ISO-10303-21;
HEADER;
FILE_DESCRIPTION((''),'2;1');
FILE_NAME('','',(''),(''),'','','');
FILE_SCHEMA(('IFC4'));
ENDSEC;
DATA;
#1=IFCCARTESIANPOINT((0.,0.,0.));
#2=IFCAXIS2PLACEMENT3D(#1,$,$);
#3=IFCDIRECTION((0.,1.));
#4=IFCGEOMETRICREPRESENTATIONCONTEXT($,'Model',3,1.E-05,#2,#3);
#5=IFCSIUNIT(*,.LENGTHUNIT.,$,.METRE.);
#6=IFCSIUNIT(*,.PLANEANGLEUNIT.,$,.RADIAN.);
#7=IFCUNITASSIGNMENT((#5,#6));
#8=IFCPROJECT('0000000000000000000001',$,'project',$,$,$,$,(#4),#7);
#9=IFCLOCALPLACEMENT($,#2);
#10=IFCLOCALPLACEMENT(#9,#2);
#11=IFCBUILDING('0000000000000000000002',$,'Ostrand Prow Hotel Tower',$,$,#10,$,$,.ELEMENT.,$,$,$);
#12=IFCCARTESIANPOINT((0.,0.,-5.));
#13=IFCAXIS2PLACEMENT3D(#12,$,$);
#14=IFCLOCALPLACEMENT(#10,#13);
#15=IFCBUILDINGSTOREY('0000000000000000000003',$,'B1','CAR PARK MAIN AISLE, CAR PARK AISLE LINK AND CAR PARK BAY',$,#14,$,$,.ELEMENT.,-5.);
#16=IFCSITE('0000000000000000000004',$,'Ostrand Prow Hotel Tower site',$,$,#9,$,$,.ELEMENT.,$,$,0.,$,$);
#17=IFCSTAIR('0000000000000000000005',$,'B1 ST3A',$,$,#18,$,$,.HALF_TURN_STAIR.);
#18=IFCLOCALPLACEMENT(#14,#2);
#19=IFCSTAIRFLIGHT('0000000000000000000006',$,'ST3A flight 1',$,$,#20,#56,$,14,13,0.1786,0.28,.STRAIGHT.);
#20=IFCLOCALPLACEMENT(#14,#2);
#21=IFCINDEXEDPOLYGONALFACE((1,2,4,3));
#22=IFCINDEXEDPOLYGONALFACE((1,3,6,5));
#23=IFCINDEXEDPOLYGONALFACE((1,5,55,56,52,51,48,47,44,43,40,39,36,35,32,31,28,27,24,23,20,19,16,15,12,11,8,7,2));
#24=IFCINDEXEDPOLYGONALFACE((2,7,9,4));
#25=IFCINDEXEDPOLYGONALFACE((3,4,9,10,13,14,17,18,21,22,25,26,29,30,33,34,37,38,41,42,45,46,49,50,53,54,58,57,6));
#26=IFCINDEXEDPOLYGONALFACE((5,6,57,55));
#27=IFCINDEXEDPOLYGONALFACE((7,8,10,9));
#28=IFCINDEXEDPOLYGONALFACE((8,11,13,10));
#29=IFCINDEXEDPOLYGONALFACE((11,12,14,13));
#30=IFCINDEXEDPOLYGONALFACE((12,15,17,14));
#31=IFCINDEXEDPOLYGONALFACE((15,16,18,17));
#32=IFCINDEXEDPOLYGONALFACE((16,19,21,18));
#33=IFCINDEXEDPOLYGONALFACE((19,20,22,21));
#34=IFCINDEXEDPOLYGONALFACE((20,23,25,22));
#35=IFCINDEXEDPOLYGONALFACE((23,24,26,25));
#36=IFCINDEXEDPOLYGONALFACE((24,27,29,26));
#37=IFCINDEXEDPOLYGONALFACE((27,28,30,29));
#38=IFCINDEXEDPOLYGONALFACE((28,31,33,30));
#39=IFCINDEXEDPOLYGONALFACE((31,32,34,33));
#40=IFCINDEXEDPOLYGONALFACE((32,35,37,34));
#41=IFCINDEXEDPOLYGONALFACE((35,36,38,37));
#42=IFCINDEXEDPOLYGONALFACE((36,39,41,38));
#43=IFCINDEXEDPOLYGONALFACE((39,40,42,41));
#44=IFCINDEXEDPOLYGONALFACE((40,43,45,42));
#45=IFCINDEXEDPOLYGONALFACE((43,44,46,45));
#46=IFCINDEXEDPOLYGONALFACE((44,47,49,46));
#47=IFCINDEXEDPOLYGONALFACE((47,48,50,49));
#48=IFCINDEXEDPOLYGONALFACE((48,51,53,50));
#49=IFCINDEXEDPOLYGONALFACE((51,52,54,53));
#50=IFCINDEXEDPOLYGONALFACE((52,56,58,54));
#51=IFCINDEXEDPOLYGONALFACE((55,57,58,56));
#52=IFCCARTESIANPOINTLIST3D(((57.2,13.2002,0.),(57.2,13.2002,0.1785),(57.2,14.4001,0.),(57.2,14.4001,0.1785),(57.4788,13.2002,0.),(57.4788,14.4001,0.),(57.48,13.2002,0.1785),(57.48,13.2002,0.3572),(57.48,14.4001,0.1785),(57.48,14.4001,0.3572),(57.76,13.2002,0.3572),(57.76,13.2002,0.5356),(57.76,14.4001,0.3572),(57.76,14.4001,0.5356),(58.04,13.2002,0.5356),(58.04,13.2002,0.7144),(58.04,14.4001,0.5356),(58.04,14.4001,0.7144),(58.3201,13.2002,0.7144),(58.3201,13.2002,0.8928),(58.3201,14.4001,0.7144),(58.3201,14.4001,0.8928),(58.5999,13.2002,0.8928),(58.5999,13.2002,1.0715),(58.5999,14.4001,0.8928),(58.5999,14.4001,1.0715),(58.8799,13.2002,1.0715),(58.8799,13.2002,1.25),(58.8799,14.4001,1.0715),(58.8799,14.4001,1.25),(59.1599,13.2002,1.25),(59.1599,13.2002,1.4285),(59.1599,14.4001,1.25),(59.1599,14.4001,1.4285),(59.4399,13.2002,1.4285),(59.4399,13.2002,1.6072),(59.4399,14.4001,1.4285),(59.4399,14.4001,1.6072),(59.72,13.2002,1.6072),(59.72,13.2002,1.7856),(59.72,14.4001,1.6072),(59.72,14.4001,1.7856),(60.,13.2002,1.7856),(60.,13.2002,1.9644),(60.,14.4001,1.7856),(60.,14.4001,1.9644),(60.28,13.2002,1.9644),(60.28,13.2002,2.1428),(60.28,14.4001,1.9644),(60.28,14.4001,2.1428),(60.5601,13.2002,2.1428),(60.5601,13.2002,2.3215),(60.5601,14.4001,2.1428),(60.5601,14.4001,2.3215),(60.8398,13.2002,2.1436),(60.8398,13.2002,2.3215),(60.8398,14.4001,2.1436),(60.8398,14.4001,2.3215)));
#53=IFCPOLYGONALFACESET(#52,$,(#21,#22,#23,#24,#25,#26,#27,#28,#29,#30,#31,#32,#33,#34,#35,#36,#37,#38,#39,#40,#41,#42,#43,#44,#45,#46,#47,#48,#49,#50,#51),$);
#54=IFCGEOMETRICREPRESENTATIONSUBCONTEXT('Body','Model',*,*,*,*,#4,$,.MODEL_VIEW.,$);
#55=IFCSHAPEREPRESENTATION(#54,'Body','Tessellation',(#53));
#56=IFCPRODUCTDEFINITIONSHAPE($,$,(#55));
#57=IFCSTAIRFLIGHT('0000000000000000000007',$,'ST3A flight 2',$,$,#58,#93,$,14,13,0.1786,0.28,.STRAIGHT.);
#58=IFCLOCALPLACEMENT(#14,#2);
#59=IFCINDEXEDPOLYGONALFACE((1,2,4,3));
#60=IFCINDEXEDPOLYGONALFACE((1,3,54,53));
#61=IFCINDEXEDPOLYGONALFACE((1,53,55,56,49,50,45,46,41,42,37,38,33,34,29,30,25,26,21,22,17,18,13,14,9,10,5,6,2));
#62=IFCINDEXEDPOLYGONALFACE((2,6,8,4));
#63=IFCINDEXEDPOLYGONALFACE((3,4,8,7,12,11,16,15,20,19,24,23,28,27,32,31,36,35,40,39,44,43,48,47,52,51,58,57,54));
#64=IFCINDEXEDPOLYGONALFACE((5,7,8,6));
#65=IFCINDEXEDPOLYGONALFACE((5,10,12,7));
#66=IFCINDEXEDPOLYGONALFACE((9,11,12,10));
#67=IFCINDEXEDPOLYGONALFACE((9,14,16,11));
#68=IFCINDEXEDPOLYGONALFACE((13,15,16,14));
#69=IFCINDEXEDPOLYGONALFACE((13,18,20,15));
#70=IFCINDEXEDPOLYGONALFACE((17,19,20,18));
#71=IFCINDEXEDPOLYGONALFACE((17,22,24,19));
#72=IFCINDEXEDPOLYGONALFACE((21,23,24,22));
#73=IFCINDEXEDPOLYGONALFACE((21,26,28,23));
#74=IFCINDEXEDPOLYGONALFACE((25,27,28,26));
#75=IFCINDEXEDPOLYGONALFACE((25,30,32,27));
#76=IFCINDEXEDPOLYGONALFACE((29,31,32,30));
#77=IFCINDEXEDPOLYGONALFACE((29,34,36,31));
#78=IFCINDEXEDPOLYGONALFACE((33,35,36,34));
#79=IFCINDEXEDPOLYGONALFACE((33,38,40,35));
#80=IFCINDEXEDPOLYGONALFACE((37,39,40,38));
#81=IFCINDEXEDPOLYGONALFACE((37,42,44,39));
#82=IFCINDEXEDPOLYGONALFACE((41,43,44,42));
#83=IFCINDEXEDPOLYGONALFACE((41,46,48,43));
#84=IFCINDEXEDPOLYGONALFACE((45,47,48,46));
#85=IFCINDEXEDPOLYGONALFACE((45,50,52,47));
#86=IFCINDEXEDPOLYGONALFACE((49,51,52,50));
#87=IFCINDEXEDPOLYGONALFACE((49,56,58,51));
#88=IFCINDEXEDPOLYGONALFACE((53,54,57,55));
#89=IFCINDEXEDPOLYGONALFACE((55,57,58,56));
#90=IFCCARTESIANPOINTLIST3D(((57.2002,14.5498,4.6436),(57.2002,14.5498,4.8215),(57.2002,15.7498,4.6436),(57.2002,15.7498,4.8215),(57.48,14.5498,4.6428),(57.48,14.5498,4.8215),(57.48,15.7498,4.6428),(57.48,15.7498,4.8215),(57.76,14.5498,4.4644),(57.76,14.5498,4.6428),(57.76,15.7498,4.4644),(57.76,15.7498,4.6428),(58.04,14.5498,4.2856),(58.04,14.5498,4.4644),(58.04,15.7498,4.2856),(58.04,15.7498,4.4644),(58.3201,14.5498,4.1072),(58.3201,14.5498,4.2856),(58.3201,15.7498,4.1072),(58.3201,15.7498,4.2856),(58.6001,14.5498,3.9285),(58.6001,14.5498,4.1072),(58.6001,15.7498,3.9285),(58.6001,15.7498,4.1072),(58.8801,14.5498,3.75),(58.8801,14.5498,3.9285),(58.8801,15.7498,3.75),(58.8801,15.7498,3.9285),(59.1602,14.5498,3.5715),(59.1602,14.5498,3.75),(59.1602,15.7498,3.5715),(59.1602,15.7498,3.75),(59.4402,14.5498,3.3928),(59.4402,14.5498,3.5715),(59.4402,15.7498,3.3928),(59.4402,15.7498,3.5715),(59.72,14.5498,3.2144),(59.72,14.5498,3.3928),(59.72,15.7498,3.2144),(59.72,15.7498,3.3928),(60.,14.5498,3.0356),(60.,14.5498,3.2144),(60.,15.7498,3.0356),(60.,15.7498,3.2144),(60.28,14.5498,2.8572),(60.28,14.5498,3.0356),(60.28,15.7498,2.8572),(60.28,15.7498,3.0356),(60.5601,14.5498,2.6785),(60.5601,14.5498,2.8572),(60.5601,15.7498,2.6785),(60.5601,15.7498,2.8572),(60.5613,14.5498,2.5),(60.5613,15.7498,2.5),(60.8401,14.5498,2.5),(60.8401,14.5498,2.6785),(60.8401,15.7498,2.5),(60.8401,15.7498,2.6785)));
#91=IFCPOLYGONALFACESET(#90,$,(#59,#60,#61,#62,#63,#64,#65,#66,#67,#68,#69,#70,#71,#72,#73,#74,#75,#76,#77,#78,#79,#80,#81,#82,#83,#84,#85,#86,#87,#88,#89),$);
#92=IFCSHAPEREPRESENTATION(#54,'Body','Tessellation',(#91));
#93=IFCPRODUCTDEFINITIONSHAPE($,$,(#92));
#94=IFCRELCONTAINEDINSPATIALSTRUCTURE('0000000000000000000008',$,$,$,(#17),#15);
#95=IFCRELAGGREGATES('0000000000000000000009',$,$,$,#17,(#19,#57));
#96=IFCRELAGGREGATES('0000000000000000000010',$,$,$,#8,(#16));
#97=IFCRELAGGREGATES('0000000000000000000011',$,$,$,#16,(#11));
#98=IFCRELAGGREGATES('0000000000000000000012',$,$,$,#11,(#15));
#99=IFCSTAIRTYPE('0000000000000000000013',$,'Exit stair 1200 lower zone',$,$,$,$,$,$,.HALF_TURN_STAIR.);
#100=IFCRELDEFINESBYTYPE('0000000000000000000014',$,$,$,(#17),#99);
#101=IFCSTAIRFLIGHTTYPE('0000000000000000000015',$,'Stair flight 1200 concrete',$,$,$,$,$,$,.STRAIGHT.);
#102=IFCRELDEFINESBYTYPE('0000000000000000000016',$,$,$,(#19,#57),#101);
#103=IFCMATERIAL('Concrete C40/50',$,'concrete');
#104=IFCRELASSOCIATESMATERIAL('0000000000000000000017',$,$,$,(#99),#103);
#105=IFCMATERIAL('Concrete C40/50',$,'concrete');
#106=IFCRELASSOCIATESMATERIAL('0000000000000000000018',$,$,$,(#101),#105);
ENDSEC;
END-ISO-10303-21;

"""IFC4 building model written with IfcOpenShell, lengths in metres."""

from ifc_helpers import new_model, si_unit, direction, frame, origin, place, context, subcontext, project, spatial, polyline, outline, extrude, material, type_object, element, aggregate, save


model = new_model("IFC4")

# Units and contexts
model_context = context("Model", 3, precision=1e-05, world=origin(), true_north=direction((0.0, 1.0)))
body_context = subcontext(model_context, "Body", "Model", "MODEL_VIEW")
ifc_project = project(units=[si_unit("LENGTHUNIT", "METRE"), si_unit("PLANEANGLEUNIT", "RADIAN")], contexts=[model_context])

# Site, building, storey
site_placement = place(None, origin())
site = spatial("IfcSite", under=ifc_project, at=site_placement, Name="Ostrand Prow Hotel Tower site", CompositionType="ELEMENT", RefElevation=0.0)
building_placement = place(site_placement, origin())
building = spatial("IfcBuilding", under=site, at=building_placement, Name="Ostrand Prow Hotel Tower", CompositionType="ELEMENT")
storey_placement = place(building_placement, frame((0.0, 0.0, -5.0)))
storey = spatial("IfcBuildingStorey", under=building, at=storey_placement, Name="B1", Description="CAR PARK MAIN AISLE, CAR PARK AISLE LINK AND CAR PARK BAY", CompositionType="ELEMENT", Elevation=-5.0)

# Stair, stair flights
ifc_material_1 = material(Name="Concrete C40/50", Category="concrete")
stair_type = type_object("IfcStairType", Name="Exit stair 1200 lower zone", PredefinedType="HALF_TURN_STAIR", material=ifc_material_1)
ifc_material_2 = material(Name="Concrete C40/50", Category="concrete")
stair_flight_type = type_object("IfcStairFlightType", Name="Stair flight 1200 concrete", PredefinedType="STRAIGHT", material=ifc_material_2)
stair_1_placement = place(storey_placement, origin())
stair_1 = element("IfcStair", 1, at=stair_1_placement, inside=storey, type_object=stair_type, Name="B1 ST3A", PredefinedType="HALF_TURN_STAIR")
stair_flight_1_placement = place(storey_placement, frame((57.2, 13.8, 0.0), z_axis=(0.0, 0.0, 1.0), x_axis=(1.0, 0.0, 0.0)))
stair_flight_1 = element("IfcStairFlight", 2, at=stair_flight_1_placement, type_object=stair_flight_type, Name="ST3A flight 1", NumberOfRisers=14, NumberOfTreads=13, PredefinedType="STRAIGHT", RiserHeight=0.1786, TreadLength=0.28, context=body_context, shape_type="SweptSolid", body=[
    extrude(outline(polyline([(0.0, 0.0), (0.0, 0.1785), (0.28, 0.1785), (0.28, 0.3572), (0.5601, 0.3572), (0.5601, 0.5356), (0.8401, 0.5356), (0.8401, 0.7144), (1.1201, 0.7144), (1.1201, 0.8928), (1.3999, 0.8928), (1.3999, 1.0715), (1.6799, 1.0715), (1.6799, 1.25), (1.96, 1.25), (1.96, 1.4285), (2.24, 1.4285), (2.24, 1.6072), (2.52, 1.6072), (2.52, 1.7856), (2.8, 1.7856), (2.8, 1.9644), (3.0801, 1.9644), (3.0801, 2.1428), (3.3601, 2.1428), (3.3601, 2.3215), (3.6399, 2.3215), (3.6399, 2.5), (3.6399, 2.1436), (0.2788, 0.0), (0.0, 0.0)])), frame((0.0, 0.6001, 0.0), z_axis=(0.0, -1.0, 0.0), x_axis=(1.0, 0.0, 0.0)), (0.0, 0.0, 1.0), 1.2),
])
stair_flight_2_placement = place(storey_placement, frame((60.8401, 15.1499, 2.5), z_axis=(0.0, 0.0, 1.0), x_axis=(-1.0, 0.0, 0.0)))
stair_flight_2 = element("IfcStairFlight", 3, at=stair_flight_2_placement, type_object=stair_flight_type, Name="ST3A flight 2", NumberOfRisers=14, NumberOfTreads=13, PredefinedType="STRAIGHT", RiserHeight=0.1786, TreadLength=0.28, context=body_context, shape_type="SweptSolid", body=[
    extrude(outline(polyline([(0.0, 0.0), (0.0, 0.1785), (0.28, 0.1785), (0.28, 0.3572), (0.5601, 0.3572), (0.5601, 0.5356), (0.8401, 0.5356), (0.8401, 0.7144), (1.1201, 0.7144), (1.1201, 0.8928), (1.3999, 0.8928), (1.3999, 1.0715), (1.6799, 1.0715), (1.6799, 1.25), (1.96, 1.25), (1.96, 1.4285), (2.24, 1.4285), (2.24, 1.6072), (2.52, 1.6072), (2.52, 1.7856), (2.8, 1.7856), (2.8, 1.9644), (3.0801, 1.9644), (3.0801, 2.1428), (3.3601, 2.1428), (3.3601, 2.3215), (3.6399, 2.3215), (3.6399, 2.5), (3.6399, 2.1436), (0.2788, 0.0), (0.0, 0.0)])), frame((0.0, 0.6001, 0.0), z_axis=(0.0, -1.0, 0.0), x_axis=(1.0, 0.0, 0.0)), (0.0, 0.0, 1.0), 1.2),
])
aggregate(stair_1, [stair_flight_1, stair_flight_2])

save(model, "model.ifc")
